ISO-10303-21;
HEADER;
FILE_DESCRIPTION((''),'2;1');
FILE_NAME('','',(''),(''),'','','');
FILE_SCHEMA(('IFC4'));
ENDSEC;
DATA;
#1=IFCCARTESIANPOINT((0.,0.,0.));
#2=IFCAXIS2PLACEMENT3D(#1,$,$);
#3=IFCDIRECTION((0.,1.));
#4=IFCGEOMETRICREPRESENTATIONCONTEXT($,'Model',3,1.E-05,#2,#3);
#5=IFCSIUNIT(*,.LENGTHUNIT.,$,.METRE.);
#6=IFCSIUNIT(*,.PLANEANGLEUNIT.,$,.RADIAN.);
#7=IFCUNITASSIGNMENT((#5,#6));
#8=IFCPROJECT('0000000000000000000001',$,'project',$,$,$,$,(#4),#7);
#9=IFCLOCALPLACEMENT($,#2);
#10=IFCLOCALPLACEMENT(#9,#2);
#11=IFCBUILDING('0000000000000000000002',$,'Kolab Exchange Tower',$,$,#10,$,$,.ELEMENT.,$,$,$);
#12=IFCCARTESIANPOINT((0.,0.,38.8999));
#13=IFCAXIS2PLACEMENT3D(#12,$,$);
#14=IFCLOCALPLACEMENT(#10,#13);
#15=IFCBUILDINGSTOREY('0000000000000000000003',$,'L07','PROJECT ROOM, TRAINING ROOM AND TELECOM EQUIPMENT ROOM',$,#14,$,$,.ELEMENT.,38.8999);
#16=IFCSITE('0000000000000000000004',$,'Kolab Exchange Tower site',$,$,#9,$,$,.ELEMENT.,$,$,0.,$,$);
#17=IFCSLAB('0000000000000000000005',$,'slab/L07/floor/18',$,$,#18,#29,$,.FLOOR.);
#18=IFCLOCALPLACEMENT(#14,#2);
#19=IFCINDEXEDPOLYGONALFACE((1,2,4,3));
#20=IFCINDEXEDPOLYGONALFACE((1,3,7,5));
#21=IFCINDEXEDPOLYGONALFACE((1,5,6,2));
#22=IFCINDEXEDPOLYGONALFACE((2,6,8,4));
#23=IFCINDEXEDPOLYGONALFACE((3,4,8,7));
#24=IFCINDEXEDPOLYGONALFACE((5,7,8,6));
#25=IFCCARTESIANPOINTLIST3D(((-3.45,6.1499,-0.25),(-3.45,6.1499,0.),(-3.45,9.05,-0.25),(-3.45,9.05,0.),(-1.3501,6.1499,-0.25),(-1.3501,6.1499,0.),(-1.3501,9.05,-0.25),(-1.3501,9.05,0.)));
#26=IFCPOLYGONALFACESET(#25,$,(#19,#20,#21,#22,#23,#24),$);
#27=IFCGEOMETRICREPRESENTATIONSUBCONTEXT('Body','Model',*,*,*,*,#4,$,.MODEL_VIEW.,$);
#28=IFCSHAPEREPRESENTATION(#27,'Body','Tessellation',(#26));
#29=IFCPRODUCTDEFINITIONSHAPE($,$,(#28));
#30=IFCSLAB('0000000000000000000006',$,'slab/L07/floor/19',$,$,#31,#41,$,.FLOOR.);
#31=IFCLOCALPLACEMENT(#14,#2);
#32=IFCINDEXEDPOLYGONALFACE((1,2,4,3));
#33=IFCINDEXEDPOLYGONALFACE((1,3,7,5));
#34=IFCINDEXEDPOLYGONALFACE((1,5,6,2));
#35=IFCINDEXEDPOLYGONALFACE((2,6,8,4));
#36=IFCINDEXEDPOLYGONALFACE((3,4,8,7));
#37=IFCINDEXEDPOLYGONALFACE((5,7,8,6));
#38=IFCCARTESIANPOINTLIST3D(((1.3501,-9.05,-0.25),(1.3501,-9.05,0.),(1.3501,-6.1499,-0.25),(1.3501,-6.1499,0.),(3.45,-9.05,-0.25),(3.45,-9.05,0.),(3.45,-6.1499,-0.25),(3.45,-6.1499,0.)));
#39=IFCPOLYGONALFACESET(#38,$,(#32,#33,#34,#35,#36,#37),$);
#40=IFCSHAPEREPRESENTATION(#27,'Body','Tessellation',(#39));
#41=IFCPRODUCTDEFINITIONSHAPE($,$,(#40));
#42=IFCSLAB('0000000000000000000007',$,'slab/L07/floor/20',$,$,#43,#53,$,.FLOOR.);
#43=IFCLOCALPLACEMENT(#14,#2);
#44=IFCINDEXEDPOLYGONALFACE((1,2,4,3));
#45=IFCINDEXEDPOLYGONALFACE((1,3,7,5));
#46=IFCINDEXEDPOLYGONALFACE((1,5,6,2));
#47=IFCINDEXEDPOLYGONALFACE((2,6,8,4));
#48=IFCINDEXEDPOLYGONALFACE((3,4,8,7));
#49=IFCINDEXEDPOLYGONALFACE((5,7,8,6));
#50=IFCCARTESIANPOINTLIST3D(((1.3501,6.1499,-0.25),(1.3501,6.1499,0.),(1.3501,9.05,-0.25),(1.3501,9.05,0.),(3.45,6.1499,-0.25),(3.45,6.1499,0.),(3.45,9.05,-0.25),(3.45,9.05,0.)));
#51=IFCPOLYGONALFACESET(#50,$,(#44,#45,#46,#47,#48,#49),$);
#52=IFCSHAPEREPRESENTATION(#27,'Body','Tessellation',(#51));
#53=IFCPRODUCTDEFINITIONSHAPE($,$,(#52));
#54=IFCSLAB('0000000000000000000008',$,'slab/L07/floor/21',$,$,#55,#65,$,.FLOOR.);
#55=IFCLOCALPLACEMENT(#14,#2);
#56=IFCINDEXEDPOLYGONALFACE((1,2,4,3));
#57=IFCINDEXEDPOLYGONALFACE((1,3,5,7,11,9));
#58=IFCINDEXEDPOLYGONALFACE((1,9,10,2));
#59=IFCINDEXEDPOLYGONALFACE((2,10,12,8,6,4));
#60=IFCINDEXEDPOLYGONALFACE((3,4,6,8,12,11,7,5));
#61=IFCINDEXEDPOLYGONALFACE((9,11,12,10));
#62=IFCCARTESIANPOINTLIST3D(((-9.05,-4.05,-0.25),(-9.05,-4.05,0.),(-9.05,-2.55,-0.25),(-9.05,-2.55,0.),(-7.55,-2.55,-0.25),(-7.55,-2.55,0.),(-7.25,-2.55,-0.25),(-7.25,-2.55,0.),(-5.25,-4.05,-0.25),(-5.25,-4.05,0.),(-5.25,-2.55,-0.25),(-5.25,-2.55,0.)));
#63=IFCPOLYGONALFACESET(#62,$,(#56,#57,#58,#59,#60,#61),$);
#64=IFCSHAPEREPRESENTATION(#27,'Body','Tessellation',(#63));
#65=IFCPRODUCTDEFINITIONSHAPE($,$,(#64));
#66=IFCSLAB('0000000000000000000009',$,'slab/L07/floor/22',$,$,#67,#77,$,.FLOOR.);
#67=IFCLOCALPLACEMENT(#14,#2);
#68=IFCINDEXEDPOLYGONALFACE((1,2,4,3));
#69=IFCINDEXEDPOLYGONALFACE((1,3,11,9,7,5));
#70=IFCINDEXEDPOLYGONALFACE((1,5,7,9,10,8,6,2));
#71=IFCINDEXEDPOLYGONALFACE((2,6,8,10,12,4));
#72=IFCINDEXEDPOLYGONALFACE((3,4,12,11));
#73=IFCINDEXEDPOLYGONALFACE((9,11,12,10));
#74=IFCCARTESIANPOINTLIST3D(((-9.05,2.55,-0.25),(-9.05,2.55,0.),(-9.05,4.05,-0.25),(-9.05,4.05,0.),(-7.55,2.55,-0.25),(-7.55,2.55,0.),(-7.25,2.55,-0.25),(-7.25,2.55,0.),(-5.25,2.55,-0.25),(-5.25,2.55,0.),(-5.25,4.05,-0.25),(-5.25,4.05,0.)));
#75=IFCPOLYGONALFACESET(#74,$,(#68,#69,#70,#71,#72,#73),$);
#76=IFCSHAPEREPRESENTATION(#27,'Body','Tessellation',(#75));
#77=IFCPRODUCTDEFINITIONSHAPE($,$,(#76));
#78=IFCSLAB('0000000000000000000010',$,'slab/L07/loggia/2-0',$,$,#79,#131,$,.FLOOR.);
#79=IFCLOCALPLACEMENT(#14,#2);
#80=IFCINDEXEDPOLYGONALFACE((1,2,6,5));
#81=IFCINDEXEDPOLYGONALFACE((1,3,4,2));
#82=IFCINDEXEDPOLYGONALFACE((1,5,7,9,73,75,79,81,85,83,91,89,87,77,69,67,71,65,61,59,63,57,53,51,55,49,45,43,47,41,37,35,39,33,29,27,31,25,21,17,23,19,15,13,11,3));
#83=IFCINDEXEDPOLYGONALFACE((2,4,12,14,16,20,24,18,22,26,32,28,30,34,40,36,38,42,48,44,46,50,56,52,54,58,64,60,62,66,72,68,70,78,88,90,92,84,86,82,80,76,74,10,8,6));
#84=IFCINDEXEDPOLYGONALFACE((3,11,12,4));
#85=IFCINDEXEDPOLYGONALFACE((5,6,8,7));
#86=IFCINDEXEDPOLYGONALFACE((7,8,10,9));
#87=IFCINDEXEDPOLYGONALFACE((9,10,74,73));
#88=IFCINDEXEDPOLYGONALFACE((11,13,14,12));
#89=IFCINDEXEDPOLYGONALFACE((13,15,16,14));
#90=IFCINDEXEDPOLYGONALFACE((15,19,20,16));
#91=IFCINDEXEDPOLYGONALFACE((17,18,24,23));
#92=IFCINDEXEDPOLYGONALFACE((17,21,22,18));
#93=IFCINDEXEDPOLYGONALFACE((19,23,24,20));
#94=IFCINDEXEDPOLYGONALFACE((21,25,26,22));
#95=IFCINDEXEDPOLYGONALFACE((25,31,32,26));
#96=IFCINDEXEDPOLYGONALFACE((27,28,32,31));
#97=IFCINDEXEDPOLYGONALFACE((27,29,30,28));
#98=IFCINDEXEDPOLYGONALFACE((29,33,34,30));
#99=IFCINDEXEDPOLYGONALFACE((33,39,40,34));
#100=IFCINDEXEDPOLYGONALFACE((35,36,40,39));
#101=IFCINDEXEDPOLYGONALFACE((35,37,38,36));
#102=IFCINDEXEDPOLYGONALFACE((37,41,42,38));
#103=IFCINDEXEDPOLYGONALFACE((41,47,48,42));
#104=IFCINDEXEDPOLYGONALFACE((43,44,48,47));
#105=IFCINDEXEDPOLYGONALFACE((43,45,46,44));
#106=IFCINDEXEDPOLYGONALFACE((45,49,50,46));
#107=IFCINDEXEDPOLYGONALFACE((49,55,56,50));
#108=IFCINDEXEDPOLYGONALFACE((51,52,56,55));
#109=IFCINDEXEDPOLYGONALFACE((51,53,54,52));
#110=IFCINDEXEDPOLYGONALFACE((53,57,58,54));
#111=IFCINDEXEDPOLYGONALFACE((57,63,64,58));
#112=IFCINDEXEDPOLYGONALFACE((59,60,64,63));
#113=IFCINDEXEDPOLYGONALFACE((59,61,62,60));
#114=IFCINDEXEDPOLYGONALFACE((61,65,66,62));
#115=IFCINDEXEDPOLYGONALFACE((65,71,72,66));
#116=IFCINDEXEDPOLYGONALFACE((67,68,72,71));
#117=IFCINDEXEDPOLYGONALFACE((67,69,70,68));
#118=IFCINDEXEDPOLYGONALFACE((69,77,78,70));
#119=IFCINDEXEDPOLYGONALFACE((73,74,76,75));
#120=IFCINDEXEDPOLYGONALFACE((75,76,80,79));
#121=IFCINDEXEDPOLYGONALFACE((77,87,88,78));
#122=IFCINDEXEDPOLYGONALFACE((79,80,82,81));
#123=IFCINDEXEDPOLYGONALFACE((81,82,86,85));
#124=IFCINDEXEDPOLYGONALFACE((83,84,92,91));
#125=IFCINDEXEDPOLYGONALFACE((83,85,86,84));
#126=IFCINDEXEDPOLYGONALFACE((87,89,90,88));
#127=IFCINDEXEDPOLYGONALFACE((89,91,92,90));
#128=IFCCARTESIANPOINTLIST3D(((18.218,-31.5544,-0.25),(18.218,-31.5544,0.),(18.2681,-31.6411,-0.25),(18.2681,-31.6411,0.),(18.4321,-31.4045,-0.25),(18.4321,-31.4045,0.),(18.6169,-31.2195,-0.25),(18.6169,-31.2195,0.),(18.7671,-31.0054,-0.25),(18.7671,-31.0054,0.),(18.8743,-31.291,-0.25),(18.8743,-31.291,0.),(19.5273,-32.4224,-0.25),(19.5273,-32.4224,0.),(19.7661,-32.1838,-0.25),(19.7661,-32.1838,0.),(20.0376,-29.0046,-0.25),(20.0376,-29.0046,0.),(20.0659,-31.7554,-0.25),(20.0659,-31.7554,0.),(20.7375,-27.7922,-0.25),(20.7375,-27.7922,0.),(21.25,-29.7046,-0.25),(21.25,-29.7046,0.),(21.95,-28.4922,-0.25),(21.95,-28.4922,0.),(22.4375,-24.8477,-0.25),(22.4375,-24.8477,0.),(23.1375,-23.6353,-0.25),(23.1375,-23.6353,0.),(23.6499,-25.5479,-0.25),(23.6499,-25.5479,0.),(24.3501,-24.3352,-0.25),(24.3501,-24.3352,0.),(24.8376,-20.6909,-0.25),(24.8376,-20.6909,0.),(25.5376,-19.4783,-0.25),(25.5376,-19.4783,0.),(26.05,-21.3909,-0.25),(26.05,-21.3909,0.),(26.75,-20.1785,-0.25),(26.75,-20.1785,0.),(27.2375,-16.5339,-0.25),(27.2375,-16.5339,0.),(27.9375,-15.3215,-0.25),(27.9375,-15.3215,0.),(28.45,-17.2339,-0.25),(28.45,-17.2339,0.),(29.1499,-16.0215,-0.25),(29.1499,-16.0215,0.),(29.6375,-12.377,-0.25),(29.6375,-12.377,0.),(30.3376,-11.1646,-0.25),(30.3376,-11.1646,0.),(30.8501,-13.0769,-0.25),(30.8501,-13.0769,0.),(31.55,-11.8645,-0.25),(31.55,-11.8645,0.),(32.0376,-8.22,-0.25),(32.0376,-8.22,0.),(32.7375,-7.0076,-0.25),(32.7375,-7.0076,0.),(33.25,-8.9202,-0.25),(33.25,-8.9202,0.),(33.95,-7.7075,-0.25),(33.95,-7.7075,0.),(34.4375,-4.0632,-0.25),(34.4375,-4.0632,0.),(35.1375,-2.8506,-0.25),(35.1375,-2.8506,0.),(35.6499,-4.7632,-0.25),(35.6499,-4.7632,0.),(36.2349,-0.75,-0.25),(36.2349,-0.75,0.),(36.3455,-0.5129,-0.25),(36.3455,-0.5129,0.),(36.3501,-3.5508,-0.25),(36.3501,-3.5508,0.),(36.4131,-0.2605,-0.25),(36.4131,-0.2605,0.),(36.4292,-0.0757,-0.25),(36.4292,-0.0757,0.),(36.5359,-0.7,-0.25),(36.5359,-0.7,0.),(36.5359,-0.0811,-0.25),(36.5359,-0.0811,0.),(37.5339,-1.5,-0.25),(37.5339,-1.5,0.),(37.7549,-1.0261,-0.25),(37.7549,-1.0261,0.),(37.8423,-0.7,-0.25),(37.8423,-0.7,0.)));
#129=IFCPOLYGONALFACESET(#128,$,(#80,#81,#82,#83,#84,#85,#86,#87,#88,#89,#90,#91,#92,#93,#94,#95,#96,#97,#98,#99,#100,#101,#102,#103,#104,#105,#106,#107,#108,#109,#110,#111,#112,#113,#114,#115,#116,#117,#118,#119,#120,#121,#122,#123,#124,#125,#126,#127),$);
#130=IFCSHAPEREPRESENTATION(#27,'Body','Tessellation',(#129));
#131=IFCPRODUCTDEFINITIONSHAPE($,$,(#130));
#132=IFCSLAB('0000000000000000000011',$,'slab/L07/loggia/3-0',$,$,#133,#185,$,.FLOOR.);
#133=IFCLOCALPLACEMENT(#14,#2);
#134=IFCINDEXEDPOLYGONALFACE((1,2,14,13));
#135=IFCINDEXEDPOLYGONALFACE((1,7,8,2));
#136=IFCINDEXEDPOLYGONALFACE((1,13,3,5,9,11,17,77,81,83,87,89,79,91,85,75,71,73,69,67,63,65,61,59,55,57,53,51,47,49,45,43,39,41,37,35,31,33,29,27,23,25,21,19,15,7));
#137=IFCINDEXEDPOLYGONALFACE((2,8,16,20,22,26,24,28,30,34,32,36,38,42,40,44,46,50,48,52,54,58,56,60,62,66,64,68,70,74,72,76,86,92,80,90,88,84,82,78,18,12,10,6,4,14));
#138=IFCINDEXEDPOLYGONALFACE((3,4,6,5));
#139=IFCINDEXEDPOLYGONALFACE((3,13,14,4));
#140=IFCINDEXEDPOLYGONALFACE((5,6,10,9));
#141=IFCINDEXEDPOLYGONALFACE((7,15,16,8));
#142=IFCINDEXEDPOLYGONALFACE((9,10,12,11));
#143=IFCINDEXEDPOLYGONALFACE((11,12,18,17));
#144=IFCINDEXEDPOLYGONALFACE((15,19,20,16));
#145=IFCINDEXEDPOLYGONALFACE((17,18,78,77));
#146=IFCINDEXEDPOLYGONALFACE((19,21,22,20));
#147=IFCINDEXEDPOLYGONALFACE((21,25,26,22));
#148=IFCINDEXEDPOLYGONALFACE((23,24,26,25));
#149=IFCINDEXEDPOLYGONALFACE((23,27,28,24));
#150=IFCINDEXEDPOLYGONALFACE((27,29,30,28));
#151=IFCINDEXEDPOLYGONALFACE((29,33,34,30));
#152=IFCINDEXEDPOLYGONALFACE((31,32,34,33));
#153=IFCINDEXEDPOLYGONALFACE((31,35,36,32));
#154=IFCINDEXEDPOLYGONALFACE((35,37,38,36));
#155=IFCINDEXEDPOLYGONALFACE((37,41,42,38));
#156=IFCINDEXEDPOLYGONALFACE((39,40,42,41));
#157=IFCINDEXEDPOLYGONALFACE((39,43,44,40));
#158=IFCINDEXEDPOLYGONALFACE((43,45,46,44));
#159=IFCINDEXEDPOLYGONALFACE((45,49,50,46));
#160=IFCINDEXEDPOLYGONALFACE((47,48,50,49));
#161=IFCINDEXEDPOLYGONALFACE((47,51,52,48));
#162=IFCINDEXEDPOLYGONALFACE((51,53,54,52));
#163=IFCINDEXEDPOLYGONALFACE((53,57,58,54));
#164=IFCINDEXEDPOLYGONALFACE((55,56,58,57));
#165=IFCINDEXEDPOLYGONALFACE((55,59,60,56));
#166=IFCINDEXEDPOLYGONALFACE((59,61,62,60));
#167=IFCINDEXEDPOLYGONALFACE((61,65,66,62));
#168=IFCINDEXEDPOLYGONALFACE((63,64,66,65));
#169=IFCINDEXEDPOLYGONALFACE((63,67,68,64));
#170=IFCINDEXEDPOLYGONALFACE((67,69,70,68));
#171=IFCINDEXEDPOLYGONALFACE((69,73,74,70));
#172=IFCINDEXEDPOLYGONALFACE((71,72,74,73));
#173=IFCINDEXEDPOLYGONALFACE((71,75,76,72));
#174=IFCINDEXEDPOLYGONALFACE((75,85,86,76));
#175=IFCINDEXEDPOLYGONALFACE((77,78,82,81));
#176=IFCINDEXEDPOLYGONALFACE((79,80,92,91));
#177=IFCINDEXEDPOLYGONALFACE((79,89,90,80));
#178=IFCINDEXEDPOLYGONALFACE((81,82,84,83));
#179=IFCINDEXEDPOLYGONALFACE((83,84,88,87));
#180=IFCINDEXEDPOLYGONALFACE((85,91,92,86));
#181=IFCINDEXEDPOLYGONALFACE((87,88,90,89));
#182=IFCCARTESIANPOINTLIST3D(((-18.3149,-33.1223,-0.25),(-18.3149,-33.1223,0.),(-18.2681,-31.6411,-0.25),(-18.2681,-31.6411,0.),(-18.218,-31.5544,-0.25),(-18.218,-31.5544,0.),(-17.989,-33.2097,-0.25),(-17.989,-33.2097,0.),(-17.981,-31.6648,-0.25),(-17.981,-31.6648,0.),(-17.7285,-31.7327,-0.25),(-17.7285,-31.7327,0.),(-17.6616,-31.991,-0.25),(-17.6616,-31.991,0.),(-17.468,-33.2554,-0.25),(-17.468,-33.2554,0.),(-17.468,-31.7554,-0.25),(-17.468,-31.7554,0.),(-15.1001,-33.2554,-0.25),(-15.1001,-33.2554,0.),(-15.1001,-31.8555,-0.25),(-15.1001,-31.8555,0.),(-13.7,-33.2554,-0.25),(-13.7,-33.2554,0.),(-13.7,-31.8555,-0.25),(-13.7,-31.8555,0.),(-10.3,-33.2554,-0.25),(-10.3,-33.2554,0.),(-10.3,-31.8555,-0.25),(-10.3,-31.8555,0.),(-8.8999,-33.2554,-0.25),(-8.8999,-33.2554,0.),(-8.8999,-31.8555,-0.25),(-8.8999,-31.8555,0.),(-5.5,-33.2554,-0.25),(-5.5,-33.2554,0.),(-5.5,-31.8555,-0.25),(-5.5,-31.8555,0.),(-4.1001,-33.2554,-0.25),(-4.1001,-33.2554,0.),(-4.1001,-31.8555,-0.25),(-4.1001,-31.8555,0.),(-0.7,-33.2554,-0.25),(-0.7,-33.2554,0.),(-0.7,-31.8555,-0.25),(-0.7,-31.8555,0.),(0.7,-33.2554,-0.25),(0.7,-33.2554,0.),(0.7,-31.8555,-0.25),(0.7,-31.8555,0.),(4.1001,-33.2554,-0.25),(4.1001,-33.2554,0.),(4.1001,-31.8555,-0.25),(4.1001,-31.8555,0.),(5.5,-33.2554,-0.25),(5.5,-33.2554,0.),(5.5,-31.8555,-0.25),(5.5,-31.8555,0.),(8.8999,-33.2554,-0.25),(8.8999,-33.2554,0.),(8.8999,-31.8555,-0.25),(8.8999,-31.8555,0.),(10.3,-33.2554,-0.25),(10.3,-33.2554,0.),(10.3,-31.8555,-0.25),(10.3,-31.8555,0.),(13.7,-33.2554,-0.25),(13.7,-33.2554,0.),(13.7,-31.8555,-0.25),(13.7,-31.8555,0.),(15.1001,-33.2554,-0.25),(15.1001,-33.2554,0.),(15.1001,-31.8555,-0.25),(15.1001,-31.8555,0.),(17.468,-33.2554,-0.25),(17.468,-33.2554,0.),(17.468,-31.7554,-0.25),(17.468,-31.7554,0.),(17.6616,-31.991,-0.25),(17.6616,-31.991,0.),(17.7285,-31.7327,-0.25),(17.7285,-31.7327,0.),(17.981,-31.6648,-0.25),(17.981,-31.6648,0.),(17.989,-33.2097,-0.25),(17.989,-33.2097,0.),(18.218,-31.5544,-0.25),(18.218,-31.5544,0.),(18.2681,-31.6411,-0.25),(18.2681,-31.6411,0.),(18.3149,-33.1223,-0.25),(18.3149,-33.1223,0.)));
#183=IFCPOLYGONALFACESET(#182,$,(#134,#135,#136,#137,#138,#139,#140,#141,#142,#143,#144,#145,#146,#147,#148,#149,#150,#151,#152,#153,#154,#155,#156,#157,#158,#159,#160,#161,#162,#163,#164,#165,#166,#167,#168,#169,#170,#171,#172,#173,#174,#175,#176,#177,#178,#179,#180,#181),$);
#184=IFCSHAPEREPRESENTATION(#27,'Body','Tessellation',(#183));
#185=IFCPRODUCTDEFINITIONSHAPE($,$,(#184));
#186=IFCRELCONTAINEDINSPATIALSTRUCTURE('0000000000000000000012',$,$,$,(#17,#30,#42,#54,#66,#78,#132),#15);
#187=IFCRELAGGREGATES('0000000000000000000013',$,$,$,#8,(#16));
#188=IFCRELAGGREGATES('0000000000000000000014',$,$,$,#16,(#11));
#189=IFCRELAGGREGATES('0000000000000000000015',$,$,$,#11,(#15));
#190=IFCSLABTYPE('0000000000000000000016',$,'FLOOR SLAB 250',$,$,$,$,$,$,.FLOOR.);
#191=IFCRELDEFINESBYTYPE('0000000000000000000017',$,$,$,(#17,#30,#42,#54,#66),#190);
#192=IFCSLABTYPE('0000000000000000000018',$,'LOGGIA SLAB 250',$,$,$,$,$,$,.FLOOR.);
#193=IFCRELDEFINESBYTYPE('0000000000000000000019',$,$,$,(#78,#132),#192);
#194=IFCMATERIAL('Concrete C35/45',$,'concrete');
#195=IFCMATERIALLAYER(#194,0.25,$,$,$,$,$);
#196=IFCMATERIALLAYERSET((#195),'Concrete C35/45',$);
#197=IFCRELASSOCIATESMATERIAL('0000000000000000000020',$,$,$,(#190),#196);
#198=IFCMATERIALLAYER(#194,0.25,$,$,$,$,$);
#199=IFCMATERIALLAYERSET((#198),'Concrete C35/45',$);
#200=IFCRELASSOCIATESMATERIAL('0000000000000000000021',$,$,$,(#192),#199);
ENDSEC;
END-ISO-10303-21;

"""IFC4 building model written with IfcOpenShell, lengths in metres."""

from ifc_helpers import new_model, si_unit, direction, frame, origin, place, context, subcontext, project, spatial, polyline, outline, extrude, material, layer, layer_set, type_object, element, save


model = new_model("IFC4")

# Units and contexts
model_context = context("Model", 3, precision=1e-05, world=origin(), true_north=direction((0.0, 1.0)))
body_context = subcontext(model_context, "Body", "Model", "MODEL_VIEW")
ifc_project = project(units=[si_unit("LENGTHUNIT", "METRE"), si_unit("PLANEANGLEUNIT", "RADIAN")], contexts=[model_context])

# Site, building, storey
site_placement = place(None, origin())
site = spatial("IfcSite", under=ifc_project, at=site_placement, Name="Kolab Exchange Tower site", CompositionType="ELEMENT", RefElevation=0.0)
building_placement = place(site_placement, origin())
building = spatial("IfcBuilding", under=site, at=building_placement, Name="Kolab Exchange Tower", CompositionType="ELEMENT")
storey_placement = place(building_placement, frame((0.0, 0.0, 38.8999)))
storey = spatial("IfcBuildingStorey", under=building, at=storey_placement, Name="L07", Description="PROJECT ROOM, TRAINING ROOM AND TELECOM EQUIPMENT ROOM", CompositionType="ELEMENT", Elevation=38.8999)

# Slabs
ifc_material_1 = material(Name="Concrete C35/45", Category="concrete")
ifc_layer_1 = layer(ifc_material_1, 0.25)
ifc_layer_set_1 = layer_set([ifc_layer_1], Name="Concrete C35/45")
slab_type_1 = type_object("IfcSlabType", Name="FLOOR SLAB 250", PredefinedType="FLOOR", material=ifc_layer_set_1)
slab_1_placement = place(storey_placement, frame((0.0, 0.0, -0.25)))
element("IfcSlab", 1, at=slab_1_placement, inside=storey, type_object=slab_type_1, Name="slab/L07/floor/18", PredefinedType="FLOOR", context=body_context, shape_type="SweptSolid", body=[
    extrude(outline(polyline([(-1.3501, 6.1499), (-1.3501, 9.05), (-3.45, 9.05), (-3.45, 6.1499), (-1.3501, 6.1499)])), origin(), (0.0, 0.0, 1.0), 0.25),
])
slab_2_placement = place(storey_placement, frame((0.0, 0.0, -0.25)))
element("IfcSlab", 2, at=slab_2_placement, inside=storey, type_object=slab_type_1, Name="slab/L07/floor/19", PredefinedType="FLOOR", context=body_context, shape_type="SweptSolid", body=[
    extrude(outline(polyline([(1.3501, -6.1499), (1.3501, -9.05), (3.45, -9.05), (3.45, -6.1499), (1.3501, -6.1499)])), origin(), (0.0, 0.0, 1.0), 0.25),
])
slab_3_placement = place(storey_placement, frame((0.0, 0.0, -0.25)))
element("IfcSlab", 3, at=slab_3_placement, inside=storey, type_object=slab_type_1, Name="slab/L07/floor/20", PredefinedType="FLOOR", context=body_context, shape_type="SweptSolid", body=[
    extrude(outline(polyline([(1.3501, 6.1499), (3.45, 6.1499), (3.45, 9.05), (1.3501, 9.05), (1.3501, 6.1499)])), origin(), (0.0, 0.0, 1.0), 0.25),
])
slab_4_placement = place(storey_placement, frame((0.0, 0.0, -0.25)))
element("IfcSlab", 4, at=slab_4_placement, inside=storey, type_object=slab_type_1, Name="slab/L07/floor/21", PredefinedType="FLOOR", context=body_context, shape_type="SweptSolid", body=[
    extrude(outline(polyline([(-9.05, -4.05), (-5.25, -4.05), (-5.25, -2.55), (-7.25, -2.55), (-7.55, -2.55), (-9.05, -2.55), (-9.05, -4.05)])), origin(), (0.0, 0.0, 1.0), 0.25),
])
slab_5_placement = place(storey_placement, frame((0.0, 0.0, -0.25)))
element("IfcSlab", 5, at=slab_5_placement, inside=storey, type_object=slab_type_1, Name="slab/L07/floor/22", PredefinedType="FLOOR", context=body_context, shape_type="SweptSolid", body=[
    extrude(outline(polyline([(-5.25, 4.05), (-9.05, 4.05), (-9.05, 2.55), (-7.55, 2.55), (-7.25, 2.55), (-5.25, 2.55), (-5.25, 4.05)])), origin(), (0.0, 0.0, 1.0), 0.25),
])
ifc_layer_2 = layer(ifc_material_1, 0.25)
ifc_layer_set_2 = layer_set([ifc_layer_2], Name="Concrete C35/45")
slab_type_2 = type_object("IfcSlabType", Name="LOGGIA SLAB 250", PredefinedType="FLOOR", material=ifc_layer_set_2)
slab_6_placement = place(storey_placement, frame((0.0, 0.0, -0.25)))
element("IfcSlab", 6, at=slab_6_placement, inside=storey, type_object=slab_type_2, Name="slab/L07/loggia/2-0", PredefinedType="FLOOR", context=body_context, shape_type="SweptSolid", body=[
    extrude(outline(polyline([(19.7661, -32.1838), (20.0659, -31.7554), (21.25, -29.7046), (20.0376, -29.0046), (20.7375, -27.7922), (21.95, -28.4922), (23.6499, -25.5479), (22.4375, -24.8477), (23.1375, -23.6353), (24.3501, -24.3352), (26.05, -21.3909), (24.8376, -20.6909), (25.5376, -19.4783), (26.75, -20.1785), (28.45, -17.2339), (27.2375, -16.5339), (27.9375, -15.3215), (29.1499, -16.0215), (30.8501, -13.0769), (29.6375, -12.377), (30.3376, -11.1646), (31.55, -11.8645), (33.25, -8.9202), (32.0376, -8.22), (32.7375, -7.0076), (33.95, -7.7075), (35.6499, -4.7632), (34.4375, -4.0632), (35.1375, -2.8506), (36.3501, -3.5508), (37.5339, -1.5), (37.7549, -1.0261), (37.8423, -0.7), (36.5359, -0.7), (36.5359, -0.0811), (36.4292, -0.0757), (36.4131, -0.2605), (36.3455, -0.5129), (36.2349, -0.75), (18.7671, -31.0054), (18.6169, -31.2195), (18.4321, -31.4045), (18.218, -31.5544), (18.2681, -31.6411), (18.8743, -31.291), (19.5273, -32.4224), (19.7661, -32.1838)])), origin(), (0.0, 0.0, 1.0), 0.25),
])
slab_7_placement = place(storey_placement, frame((0.0, 0.0, -0.25)))
element("IfcSlab", 7, at=slab_7_placement, inside=storey, type_object=slab_type_2, Name="slab/L07/loggia/3-0", PredefinedType="FLOOR", context=body_context, shape_type="SweptSolid", body=[
    extrude(outline(polyline([(-17.981, -31.6648), (-18.218, -31.5544), (-18.2681, -31.6411), (-17.6616, -31.991), (-18.3149, -33.1223), (-17.989, -33.2097), (-17.468, -33.2554), (-15.1001, -33.2554), (-15.1001, -31.8555), (-13.7, -31.8555), (-13.7, -33.2554), (-10.3, -33.2554), (-10.3, -31.8555), (-8.8999, -31.8555), (-8.8999, -33.2554), (-5.5, -33.2554), (-5.5, -31.8555), (-4.1001, -31.8555), (-4.1001, -33.2554), (-0.7, -33.2554), (-0.7, -31.8555), (0.7, -31.8555), (0.7, -33.2554), (4.1001, -33.2554), (4.1001, -31.8555), (5.5, -31.8555), (5.5, -33.2554), (8.8999, -33.2554), (8.8999, -31.8555), (10.3, -31.8555), (10.3, -33.2554), (13.7, -33.2554), (13.7, -31.8555), (15.1001, -31.8555), (15.1001, -33.2554), (17.468, -33.2554), (17.989, -33.2097), (18.3149, -33.1223), (17.6616, -31.991), (18.2681, -31.6411), (18.218, -31.5544), (17.981, -31.6648), (17.7285, -31.7327), (17.468, -31.7554), (-17.468, -31.7554), (-17.7285, -31.7327), (-17.981, -31.6648)])), origin(), (0.0, 0.0, 1.0), 0.25),
])

save(model, "model.ifc")
